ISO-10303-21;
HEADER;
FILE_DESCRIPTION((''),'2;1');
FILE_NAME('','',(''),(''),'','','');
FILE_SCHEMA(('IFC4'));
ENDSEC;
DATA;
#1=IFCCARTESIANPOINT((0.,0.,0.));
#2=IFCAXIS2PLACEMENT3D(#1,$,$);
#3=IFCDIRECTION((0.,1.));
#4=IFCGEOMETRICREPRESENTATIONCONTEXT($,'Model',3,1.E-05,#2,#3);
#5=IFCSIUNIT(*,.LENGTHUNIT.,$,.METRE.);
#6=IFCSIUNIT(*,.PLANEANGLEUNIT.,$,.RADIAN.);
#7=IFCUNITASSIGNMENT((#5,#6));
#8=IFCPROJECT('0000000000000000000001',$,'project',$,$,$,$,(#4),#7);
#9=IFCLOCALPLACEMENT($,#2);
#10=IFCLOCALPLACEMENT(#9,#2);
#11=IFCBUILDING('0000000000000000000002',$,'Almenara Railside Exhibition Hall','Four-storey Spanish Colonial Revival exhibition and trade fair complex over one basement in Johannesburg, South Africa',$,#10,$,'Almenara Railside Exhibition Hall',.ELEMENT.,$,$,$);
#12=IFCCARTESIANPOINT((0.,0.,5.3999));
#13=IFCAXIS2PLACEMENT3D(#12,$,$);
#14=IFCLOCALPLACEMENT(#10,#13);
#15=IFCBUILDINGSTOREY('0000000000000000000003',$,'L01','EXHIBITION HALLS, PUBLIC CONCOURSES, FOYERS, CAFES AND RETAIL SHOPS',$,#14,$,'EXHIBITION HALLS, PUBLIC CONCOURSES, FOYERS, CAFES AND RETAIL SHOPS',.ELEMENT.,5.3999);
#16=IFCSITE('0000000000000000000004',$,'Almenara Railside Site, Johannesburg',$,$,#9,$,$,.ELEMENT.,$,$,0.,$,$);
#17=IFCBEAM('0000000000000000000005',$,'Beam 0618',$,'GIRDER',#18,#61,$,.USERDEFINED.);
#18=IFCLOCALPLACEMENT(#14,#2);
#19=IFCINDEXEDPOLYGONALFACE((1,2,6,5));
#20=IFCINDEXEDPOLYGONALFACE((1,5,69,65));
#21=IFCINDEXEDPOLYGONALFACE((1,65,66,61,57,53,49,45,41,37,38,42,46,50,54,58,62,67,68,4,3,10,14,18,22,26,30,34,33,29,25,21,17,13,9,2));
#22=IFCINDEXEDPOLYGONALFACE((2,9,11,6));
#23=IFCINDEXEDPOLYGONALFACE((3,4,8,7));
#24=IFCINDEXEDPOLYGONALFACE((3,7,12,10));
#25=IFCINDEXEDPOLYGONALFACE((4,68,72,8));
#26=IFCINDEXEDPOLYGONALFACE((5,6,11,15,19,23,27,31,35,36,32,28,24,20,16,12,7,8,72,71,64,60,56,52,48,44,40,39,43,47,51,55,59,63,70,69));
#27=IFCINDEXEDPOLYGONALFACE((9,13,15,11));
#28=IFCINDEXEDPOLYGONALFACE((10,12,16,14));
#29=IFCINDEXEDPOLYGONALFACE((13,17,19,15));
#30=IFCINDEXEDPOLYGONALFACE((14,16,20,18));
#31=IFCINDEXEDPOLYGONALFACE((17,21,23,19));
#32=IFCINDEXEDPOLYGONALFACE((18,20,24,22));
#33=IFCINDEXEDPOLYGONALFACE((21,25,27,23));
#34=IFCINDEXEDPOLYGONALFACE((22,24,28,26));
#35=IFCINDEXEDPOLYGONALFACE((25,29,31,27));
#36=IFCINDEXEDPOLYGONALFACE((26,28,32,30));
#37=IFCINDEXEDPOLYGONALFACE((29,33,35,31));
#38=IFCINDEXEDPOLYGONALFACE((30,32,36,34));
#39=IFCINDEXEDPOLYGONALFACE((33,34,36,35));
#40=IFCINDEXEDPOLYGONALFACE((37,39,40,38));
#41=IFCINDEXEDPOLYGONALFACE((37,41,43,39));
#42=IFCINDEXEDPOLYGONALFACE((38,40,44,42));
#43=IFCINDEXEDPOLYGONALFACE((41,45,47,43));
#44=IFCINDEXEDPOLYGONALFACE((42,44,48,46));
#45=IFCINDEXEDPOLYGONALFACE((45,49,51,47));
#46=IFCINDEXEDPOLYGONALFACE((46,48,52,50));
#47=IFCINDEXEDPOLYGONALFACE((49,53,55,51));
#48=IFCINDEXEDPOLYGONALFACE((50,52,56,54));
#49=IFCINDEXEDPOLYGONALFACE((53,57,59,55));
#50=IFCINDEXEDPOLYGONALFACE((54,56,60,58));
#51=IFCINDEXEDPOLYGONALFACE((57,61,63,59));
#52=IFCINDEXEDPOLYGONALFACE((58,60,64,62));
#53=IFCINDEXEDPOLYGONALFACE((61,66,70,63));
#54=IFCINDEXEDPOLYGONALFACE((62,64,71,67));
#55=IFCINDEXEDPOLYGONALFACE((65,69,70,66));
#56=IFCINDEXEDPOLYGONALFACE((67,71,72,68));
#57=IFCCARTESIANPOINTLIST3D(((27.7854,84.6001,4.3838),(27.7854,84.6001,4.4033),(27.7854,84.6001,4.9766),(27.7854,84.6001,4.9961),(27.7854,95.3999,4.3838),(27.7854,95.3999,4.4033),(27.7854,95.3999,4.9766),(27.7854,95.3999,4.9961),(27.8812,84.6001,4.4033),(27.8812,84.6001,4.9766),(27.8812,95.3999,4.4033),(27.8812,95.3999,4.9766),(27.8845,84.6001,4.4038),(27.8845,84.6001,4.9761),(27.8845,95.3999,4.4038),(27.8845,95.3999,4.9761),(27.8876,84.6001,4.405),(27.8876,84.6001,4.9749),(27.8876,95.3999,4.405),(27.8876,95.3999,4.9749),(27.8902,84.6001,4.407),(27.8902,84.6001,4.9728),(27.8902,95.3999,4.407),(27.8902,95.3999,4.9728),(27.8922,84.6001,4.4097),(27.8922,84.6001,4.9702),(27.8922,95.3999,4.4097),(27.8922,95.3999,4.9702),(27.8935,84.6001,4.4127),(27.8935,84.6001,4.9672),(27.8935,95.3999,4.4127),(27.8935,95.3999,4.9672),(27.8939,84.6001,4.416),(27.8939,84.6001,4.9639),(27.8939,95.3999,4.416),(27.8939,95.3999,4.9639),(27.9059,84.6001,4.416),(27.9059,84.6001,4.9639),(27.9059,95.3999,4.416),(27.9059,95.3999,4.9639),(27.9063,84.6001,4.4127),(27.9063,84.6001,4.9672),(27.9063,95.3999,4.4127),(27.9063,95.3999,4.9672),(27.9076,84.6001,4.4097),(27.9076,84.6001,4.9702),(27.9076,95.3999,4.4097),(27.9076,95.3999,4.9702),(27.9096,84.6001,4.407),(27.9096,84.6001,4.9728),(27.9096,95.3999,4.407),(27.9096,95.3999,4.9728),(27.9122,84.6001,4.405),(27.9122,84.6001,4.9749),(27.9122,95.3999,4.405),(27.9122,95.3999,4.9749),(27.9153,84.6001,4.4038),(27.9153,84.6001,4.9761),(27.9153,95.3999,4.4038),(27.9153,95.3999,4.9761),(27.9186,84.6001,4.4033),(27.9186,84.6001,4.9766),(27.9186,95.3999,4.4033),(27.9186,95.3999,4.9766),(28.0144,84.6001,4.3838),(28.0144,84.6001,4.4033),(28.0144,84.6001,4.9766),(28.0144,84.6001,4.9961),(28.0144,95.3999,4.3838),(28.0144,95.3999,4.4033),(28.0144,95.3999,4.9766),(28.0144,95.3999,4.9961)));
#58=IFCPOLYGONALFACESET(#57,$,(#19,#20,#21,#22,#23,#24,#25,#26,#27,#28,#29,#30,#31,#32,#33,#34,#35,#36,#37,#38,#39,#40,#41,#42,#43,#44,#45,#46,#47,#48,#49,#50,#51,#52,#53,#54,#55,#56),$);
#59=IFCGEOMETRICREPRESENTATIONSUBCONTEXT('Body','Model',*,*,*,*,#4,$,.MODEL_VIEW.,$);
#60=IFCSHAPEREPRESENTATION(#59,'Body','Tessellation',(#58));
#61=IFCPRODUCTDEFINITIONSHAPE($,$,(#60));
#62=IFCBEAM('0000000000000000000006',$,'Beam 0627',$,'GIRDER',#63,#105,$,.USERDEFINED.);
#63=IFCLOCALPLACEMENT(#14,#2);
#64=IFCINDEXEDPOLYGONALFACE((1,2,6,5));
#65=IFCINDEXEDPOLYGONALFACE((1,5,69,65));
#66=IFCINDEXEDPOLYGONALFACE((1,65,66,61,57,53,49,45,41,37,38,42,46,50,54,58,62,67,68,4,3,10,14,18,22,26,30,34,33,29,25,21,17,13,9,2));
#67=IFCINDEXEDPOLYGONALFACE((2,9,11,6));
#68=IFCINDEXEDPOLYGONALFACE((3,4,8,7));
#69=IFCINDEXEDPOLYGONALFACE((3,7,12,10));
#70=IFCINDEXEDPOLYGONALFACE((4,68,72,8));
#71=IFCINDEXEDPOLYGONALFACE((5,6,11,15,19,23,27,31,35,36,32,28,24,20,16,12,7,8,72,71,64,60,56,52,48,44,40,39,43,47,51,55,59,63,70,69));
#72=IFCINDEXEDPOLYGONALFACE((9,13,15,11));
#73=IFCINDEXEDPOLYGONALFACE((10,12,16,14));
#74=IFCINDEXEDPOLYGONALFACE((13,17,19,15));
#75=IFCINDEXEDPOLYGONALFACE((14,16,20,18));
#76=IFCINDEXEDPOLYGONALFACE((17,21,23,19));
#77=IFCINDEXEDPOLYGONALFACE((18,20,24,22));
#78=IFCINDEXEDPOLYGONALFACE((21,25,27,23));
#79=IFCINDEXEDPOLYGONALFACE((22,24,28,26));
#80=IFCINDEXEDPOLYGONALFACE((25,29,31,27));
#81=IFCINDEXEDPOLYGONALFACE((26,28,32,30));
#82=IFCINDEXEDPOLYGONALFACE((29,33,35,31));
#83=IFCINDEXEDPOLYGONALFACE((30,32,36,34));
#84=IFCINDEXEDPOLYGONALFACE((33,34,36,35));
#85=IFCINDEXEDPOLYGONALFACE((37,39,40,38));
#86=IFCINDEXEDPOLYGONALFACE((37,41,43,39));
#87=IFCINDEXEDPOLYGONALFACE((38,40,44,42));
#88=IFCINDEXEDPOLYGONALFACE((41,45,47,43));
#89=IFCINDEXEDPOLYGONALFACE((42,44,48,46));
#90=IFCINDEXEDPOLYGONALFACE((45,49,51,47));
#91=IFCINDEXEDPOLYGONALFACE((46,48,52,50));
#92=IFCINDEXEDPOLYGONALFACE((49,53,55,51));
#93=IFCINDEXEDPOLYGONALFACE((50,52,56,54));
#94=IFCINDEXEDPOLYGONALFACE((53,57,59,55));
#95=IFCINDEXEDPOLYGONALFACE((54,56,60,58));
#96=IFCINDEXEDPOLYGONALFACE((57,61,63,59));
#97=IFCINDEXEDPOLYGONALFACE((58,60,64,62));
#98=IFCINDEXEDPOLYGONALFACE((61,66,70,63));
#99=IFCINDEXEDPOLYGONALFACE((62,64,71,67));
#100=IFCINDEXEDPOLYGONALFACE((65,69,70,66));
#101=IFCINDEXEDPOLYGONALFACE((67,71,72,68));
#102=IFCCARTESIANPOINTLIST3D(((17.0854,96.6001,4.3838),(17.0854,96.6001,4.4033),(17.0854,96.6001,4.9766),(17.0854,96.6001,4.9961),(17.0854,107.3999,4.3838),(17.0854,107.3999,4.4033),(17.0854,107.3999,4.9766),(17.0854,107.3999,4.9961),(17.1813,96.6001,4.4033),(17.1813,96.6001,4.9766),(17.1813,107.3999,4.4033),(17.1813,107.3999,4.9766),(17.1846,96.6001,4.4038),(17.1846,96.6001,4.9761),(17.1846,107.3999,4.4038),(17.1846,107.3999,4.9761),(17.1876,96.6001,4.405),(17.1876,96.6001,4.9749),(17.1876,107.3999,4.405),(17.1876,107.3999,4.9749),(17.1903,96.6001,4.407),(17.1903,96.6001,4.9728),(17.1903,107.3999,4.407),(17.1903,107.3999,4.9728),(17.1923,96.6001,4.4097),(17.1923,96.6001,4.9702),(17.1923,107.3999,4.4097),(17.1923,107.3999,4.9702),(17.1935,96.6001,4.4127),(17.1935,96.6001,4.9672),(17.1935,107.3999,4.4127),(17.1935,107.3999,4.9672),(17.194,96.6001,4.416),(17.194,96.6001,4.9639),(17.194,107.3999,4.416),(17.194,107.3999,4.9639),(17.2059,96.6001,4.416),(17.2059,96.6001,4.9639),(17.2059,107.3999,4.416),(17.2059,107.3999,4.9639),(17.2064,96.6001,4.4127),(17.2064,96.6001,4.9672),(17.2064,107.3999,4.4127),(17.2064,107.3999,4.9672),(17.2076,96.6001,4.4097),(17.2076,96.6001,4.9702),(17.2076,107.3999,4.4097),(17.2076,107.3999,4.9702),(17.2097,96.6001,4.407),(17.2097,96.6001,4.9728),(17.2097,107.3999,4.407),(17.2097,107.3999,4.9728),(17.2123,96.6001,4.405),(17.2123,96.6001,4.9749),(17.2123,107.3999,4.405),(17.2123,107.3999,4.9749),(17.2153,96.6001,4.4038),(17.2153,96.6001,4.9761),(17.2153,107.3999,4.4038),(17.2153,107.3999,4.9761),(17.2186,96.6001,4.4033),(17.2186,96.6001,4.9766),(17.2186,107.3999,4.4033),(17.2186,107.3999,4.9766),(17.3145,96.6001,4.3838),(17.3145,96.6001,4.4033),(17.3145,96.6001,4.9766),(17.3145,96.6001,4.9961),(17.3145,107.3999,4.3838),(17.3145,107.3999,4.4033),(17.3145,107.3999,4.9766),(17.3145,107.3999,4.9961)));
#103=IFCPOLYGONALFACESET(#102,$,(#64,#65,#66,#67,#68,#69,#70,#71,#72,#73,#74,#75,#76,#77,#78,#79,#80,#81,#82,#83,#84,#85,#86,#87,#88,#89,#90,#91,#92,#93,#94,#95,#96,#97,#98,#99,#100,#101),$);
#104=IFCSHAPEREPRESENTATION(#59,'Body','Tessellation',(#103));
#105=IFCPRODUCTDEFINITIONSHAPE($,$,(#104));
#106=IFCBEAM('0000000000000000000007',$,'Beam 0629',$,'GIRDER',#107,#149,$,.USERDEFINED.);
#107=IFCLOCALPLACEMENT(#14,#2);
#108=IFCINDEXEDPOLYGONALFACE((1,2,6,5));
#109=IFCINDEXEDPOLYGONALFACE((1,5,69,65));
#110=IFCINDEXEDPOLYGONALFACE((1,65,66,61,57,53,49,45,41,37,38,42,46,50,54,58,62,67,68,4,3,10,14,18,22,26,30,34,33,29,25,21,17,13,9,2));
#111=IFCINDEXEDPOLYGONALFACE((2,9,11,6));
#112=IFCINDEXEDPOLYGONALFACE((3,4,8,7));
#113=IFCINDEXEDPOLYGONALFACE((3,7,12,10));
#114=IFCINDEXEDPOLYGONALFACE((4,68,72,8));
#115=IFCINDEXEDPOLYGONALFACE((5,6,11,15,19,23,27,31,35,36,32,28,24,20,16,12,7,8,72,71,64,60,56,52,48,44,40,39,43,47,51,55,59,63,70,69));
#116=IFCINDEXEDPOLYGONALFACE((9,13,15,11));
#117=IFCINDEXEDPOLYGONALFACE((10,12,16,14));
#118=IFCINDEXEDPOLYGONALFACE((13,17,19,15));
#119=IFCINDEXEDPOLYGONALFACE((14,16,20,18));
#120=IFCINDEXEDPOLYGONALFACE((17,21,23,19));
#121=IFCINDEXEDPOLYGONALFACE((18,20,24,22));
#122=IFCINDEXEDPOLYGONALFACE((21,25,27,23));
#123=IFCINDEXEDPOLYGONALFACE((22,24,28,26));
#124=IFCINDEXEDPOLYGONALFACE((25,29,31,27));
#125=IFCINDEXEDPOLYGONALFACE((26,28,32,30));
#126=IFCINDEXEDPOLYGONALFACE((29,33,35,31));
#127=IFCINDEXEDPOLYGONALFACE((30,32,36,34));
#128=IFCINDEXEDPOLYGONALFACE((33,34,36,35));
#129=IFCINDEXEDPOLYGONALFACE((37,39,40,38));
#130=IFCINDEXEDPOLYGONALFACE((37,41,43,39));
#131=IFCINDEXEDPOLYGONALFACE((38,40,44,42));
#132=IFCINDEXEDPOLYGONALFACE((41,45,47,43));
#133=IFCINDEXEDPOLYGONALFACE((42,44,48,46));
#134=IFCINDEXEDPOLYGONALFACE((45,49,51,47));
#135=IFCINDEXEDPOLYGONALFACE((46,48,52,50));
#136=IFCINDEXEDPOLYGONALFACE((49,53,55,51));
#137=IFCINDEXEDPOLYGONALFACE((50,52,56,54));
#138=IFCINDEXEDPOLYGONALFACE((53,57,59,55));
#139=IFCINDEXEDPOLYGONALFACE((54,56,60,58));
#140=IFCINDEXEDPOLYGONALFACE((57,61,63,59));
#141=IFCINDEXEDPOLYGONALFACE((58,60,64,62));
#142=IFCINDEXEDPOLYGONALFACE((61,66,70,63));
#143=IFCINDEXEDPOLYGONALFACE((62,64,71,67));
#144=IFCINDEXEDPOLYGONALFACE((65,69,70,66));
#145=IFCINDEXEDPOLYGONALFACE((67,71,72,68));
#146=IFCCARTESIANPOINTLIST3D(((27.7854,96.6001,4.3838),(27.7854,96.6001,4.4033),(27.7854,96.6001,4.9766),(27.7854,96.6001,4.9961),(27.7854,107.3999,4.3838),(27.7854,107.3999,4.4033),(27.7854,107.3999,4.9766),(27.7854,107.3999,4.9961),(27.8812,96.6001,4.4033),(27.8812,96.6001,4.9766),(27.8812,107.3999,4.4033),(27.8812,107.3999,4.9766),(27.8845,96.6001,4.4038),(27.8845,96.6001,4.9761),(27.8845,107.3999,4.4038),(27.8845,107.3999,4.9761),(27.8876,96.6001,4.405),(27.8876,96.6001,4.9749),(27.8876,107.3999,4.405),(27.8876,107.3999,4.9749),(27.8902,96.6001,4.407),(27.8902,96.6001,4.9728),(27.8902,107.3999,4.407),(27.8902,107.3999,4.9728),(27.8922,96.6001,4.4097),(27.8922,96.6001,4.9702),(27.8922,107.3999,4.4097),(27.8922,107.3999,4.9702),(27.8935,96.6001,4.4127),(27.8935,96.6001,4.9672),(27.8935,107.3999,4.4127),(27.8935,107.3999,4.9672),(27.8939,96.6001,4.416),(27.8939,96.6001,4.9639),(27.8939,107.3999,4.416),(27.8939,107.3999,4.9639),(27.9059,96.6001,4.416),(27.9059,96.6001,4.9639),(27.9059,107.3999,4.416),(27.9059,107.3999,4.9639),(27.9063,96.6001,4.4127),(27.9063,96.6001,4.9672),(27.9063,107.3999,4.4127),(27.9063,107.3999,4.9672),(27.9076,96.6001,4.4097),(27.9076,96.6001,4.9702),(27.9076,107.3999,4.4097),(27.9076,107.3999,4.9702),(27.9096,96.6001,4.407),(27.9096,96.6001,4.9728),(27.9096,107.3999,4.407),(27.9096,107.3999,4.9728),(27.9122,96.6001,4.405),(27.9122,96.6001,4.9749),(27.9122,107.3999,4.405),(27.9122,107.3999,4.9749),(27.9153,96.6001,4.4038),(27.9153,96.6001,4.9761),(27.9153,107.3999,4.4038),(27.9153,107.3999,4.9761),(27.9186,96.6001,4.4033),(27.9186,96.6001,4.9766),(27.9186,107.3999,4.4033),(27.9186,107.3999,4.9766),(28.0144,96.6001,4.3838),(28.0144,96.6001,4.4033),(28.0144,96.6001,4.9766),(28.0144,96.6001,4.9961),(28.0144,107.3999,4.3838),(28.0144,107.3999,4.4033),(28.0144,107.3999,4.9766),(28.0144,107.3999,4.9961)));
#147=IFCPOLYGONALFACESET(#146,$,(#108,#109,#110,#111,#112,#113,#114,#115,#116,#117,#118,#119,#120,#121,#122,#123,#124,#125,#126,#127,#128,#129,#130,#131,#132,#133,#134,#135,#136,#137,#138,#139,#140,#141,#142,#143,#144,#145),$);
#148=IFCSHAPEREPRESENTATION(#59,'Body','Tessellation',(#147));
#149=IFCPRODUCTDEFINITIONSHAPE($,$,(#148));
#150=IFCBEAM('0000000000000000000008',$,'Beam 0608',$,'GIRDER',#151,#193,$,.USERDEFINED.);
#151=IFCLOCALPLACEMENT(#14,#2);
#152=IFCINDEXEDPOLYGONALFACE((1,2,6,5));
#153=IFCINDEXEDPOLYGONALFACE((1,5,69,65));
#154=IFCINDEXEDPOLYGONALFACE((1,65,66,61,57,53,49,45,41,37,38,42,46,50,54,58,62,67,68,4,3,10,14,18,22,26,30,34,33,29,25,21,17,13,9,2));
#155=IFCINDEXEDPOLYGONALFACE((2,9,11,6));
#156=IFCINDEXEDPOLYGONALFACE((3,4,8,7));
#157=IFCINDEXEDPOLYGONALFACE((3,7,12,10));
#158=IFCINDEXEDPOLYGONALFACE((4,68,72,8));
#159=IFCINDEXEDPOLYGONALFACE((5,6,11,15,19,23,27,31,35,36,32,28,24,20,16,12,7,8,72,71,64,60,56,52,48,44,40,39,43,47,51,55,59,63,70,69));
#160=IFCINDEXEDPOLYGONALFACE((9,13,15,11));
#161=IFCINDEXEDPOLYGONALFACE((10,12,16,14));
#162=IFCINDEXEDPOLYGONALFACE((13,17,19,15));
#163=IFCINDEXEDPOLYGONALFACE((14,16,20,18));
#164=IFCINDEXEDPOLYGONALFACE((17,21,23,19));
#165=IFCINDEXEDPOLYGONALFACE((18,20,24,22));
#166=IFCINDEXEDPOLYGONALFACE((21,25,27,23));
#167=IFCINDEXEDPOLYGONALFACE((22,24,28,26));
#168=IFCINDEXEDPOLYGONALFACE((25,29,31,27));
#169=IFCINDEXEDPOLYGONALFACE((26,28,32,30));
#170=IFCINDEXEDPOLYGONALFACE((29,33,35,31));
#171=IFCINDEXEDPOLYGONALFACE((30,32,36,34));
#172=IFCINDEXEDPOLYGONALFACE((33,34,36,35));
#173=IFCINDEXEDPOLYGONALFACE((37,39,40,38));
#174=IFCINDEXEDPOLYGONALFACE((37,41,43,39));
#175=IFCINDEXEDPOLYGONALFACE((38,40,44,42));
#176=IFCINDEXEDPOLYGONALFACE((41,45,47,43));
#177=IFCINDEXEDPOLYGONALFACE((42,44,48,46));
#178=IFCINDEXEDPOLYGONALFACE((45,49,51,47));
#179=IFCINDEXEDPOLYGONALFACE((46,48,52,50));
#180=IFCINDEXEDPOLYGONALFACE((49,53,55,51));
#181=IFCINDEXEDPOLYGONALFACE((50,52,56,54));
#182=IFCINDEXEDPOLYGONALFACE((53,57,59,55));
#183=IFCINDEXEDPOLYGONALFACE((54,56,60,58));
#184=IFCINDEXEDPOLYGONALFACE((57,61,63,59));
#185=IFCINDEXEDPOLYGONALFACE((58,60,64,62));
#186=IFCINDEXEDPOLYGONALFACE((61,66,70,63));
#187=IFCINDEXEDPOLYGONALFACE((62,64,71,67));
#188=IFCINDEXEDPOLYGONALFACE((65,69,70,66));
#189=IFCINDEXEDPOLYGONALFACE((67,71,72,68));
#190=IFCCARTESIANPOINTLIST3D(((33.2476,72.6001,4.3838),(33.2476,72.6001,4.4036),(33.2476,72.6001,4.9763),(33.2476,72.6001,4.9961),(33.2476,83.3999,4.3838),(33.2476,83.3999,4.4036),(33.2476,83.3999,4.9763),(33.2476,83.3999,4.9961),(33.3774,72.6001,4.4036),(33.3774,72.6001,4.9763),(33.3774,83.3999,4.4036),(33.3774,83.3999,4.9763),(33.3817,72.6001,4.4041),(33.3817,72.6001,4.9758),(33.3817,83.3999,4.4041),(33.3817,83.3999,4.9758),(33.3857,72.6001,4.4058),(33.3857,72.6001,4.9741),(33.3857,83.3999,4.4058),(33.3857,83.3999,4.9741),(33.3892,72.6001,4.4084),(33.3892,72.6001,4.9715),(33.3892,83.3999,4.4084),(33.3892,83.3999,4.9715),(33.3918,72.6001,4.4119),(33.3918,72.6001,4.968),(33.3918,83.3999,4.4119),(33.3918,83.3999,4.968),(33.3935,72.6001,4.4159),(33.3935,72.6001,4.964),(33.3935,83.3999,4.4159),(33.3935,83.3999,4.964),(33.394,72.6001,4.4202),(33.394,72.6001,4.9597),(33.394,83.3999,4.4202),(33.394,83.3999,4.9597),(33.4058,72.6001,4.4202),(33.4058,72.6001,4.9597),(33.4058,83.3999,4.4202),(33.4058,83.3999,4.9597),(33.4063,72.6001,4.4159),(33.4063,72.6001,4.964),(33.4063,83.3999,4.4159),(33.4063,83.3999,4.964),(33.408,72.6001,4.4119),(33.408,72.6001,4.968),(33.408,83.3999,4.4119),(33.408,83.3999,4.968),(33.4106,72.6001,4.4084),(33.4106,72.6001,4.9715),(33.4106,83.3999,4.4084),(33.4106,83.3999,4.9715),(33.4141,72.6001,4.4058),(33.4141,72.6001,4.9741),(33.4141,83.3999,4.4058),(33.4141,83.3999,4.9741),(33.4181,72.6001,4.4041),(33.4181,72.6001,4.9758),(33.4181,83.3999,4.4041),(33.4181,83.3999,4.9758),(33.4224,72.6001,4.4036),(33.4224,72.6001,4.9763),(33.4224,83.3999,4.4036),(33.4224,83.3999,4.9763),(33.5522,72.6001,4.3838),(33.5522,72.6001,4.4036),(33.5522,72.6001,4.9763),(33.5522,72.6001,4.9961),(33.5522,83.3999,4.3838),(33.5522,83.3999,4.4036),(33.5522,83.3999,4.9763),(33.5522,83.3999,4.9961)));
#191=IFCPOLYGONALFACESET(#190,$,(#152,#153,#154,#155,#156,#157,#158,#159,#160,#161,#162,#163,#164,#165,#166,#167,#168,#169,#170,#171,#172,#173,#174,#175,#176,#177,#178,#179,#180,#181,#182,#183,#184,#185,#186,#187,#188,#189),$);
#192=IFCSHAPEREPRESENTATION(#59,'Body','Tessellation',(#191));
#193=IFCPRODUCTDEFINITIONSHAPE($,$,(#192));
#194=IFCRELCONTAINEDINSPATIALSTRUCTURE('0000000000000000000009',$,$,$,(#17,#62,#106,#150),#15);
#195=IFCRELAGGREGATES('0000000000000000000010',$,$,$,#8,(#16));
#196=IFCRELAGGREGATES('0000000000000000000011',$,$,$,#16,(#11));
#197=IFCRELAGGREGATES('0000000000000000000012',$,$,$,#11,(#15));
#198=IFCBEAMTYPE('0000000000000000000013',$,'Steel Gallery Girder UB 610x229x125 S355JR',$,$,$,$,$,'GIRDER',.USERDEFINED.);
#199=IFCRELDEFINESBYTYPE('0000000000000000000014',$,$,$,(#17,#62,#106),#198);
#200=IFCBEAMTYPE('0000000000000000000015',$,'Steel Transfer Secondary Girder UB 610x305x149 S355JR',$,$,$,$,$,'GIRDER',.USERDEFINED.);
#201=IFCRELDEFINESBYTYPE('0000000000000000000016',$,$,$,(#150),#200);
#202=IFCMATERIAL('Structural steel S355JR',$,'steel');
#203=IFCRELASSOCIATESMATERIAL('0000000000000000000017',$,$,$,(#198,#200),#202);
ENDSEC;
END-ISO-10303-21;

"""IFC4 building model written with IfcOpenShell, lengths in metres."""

from ifc_helpers import new_model, si_unit, direction, frame, origin, origin_2d, place, context, subcontext, project, spatial, i_section, extrude, material, material_profile, profile_set, type_object, element, save


model = new_model("IFC4")

# Units and contexts
model_context = context("Model", 3, precision=1e-05, world=origin(), true_north=direction((0.0, 1.0)))
body_context = subcontext(model_context, "Body", "Model", "MODEL_VIEW")
ifc_project = project(units=[si_unit("LENGTHUNIT", "METRE"), si_unit("PLANEANGLEUNIT", "RADIAN")], contexts=[model_context])

# Site, building, storey
site_placement = place(None, origin())
site = spatial("IfcSite", under=ifc_project, at=site_placement, Name="Almenara Railside Site, Johannesburg", CompositionType="ELEMENT", RefElevation=0.0)
building_placement = place(site_placement, origin())
building = spatial("IfcBuilding", under=site, at=building_placement, Name="Almenara Railside Exhibition Hall", Description="Four-storey Spanish Colonial Revival exhibition and trade fair complex over one basement in Johannesburg, South Africa", LongName="Almenara Railside Exhibition Hall", CompositionType="ELEMENT")
storey_placement = place(building_placement, frame((0.0, 0.0, 5.3999)))
storey = spatial("IfcBuildingStorey", under=building, at=storey_placement, Name="L01", Description="EXHIBITION HALLS, PUBLIC CONCOURSES, FOYERS, CAFES AND RETAIL SHOPS", LongName="EXHIBITION HALLS, PUBLIC CONCOURSES, FOYERS, CAFES AND RETAIL SHOPS", CompositionType="ELEMENT", Elevation=5.3999)

# Beams
ifc_material_1 = material(Name="Structural steel S355JR", Category="steel")
ifc_material_profile_1 = material_profile(ifc_material_1, i_section(OverallWidth=0.229, OverallDepth=0.6123, WebThickness=0.012, FlangeThickness=0.0195, FilletRadius=0.0127, at=origin_2d()), Name="UB 610x229x125")
ifc_profile_set_1 = profile_set([ifc_material_profile_1], Name="Structural steel S355JR")
beam_type_1 = type_object("IfcBeamType", Name="Steel Gallery Girder UB 610x229x125 S355JR", ElementType="GIRDER", PredefinedType="USERDEFINED", material=ifc_profile_set_1)
for number, where, z_axis, x_axis, name in (
    (1, (27.8999, 84.6001, 4.6899), (0.0, 1.0, 0.0), (-1.0, 0.0, 0.0), "Beam 0618"),
    (2, (17.2, 96.6001, 4.6899), (0.0, 1.0, 0.0), (-1.0, 0.0, 0.0), "Beam 0627"),
    (3, (27.8999, 96.6001, 4.6899), (0.0, 1.0, 0.0), (-1.0, 0.0, 0.0), "Beam 0629"),
):
    element("IfcBeam", number, at=place(storey_placement, frame(where, z_axis=z_axis, x_axis=x_axis)), inside=storey, type_object=beam_type_1, Name=name, ObjectType="GIRDER", PredefinedType="USERDEFINED", context=body_context, shape_type="SweptSolid", body=[
        extrude(i_section(OverallWidth=0.229, OverallDepth=0.6123, WebThickness=0.012, FlangeThickness=0.0195, FilletRadius=0.0127, at=origin_2d()), origin(), (0.0, 0.0, 1.0), 10.7998),
    ])
ifc_material_profile_2 = material_profile(ifc_material_1, i_section(OverallWidth=0.3047, OverallDepth=0.6123, WebThickness=0.0117, FlangeThickness=0.0198, FilletRadius=0.0166, at=origin_2d()), Name="UB 610x305x149")
ifc_profile_set_2 = profile_set([ifc_material_profile_2], Name="Structural steel S355JR")
beam_type_2 = type_object("IfcBeamType", Name="Steel Transfer Secondary Girder UB 610x305x149 S355JR", ElementType="GIRDER", PredefinedType="USERDEFINED", material=ifc_profile_set_2)
for number, where, z_axis, x_axis, name in (
    (4, (33.3999, 72.6001, 4.6899), (0.0, 1.0, 0.0), (-1.0, 0.0, 0.0), "Beam 0608"),
):
    element("IfcBeam", number, at=place(storey_placement, frame(where, z_axis=z_axis, x_axis=x_axis)), inside=storey, type_object=beam_type_2, Name=name, ObjectType="GIRDER", PredefinedType="USERDEFINED", context=body_context, shape_type="SweptSolid", body=[
        extrude(i_section(OverallWidth=0.3047, OverallDepth=0.6123, WebThickness=0.0117, FlangeThickness=0.0198, FilletRadius=0.0166, at=origin_2d()), origin(), (0.0, 0.0, 1.0), 10.7998),
    ])

save(model, "model.ifc")
